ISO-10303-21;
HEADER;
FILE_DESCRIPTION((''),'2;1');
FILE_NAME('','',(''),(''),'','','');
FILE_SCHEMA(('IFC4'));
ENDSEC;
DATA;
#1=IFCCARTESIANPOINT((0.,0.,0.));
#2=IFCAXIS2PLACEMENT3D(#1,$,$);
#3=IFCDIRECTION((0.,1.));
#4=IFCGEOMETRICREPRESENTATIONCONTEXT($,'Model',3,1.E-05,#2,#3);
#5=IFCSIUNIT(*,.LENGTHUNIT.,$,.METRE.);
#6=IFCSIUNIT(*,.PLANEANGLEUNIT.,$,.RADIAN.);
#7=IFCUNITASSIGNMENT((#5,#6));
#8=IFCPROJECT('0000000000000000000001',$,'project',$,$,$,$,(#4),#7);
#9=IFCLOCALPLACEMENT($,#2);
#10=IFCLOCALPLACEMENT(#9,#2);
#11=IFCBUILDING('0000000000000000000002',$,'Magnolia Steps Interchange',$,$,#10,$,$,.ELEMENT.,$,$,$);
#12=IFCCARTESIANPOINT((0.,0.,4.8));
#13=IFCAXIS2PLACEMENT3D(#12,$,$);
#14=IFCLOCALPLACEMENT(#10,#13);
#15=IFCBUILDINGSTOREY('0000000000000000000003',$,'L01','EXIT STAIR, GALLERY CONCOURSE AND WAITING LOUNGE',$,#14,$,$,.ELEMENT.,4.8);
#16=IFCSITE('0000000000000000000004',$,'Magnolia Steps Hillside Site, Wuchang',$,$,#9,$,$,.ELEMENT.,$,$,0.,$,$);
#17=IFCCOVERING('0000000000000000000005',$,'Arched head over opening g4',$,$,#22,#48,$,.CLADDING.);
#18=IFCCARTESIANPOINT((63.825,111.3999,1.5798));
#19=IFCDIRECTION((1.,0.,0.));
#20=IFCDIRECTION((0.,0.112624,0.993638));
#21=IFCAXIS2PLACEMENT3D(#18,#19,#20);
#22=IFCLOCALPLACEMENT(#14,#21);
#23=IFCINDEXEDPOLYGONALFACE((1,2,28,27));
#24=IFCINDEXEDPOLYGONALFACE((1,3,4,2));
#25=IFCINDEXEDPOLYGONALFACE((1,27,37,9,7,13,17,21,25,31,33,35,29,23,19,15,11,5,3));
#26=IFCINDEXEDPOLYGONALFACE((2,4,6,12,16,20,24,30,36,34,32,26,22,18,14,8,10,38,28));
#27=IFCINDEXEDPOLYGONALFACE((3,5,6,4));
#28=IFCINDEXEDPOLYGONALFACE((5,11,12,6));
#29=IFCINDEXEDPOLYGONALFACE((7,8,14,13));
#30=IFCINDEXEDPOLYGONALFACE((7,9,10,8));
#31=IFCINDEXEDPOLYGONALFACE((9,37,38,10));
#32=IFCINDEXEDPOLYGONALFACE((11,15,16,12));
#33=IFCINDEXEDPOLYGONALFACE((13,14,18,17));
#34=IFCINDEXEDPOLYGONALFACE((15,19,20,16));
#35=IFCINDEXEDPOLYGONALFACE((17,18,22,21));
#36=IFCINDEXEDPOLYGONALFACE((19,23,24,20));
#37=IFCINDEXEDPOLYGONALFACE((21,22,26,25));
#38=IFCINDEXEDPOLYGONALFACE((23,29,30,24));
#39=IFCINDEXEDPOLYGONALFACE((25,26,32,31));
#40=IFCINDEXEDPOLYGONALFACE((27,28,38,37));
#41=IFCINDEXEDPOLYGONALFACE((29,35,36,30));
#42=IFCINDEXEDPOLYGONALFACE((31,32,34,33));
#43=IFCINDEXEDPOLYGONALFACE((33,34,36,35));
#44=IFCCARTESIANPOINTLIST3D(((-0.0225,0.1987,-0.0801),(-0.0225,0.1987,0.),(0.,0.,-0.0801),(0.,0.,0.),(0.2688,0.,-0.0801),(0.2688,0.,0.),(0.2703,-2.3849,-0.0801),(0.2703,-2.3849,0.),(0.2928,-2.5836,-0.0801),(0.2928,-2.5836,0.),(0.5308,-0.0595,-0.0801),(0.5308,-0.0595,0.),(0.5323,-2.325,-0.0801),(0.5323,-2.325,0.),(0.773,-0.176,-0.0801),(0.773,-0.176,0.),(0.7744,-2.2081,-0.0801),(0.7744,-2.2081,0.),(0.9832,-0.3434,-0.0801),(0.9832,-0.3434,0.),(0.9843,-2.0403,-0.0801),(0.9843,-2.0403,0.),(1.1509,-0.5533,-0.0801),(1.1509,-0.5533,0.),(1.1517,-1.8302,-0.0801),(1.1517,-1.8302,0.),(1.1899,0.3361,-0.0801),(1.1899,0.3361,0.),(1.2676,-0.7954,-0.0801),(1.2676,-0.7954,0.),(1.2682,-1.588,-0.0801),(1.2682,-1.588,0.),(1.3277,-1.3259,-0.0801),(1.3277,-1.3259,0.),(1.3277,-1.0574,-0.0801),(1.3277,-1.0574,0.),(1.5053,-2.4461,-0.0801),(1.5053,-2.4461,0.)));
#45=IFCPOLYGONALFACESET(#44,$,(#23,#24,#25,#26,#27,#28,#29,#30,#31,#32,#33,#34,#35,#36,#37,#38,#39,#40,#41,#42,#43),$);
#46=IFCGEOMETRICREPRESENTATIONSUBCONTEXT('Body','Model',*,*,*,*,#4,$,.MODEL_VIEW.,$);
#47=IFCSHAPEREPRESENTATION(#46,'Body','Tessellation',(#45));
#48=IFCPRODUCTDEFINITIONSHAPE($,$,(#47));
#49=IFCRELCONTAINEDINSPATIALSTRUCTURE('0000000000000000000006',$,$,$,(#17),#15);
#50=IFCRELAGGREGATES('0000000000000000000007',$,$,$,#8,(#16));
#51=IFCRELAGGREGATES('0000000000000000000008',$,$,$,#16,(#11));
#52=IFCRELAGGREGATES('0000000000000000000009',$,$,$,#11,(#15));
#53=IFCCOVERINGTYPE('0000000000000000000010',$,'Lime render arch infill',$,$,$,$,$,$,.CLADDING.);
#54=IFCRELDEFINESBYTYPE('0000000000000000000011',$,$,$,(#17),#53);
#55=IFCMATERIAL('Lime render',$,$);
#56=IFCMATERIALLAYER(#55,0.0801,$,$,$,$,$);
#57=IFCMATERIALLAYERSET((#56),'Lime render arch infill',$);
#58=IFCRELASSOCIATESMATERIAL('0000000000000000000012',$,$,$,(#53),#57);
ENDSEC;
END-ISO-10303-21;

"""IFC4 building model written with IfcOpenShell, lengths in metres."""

from ifc_helpers import new_model, si_unit, direction, frame, origin, place, context, subcontext, project, spatial, polyline, outline, extrude, material, layer, layer_set, type_object, element, save


model = new_model("IFC4")

# Units and contexts
model_context = context("Model", 3, precision=1e-05, world=origin(), true_north=direction((0.0, 1.0)))
body_context = subcontext(model_context, "Body", "Model", "MODEL_VIEW")
ifc_project = project(units=[si_unit("LENGTHUNIT", "METRE"), si_unit("PLANEANGLEUNIT", "RADIAN")], contexts=[model_context])

# Site, building, storey
site_placement = place(None, origin())
site = spatial("IfcSite", under=ifc_project, at=site_placement, Name="Magnolia Steps Hillside Site, Wuchang", CompositionType="ELEMENT", RefElevation=0.0)
building_placement = place(site_placement, origin())
building = spatial("IfcBuilding", under=site, at=building_placement, Name="Magnolia Steps Interchange", CompositionType="ELEMENT")
storey_placement = place(building_placement, frame((0.0, 0.0, 4.8)))
storey = spatial("IfcBuildingStorey", under=building, at=storey_placement, Name="L01", Description="EXIT STAIR, GALLERY CONCOURSE AND WAITING LOUNGE", CompositionType="ELEMENT", Elevation=4.8)

# Covering
ifc_material_1 = material(Name="Lime render")
ifc_layer_1 = layer(ifc_material_1, 0.0801)
ifc_layer_set_1 = layer_set([ifc_layer_1], Name="Lime render arch infill")
covering_type_1 = type_object("IfcCoveringType", Name="Lime render arch infill", PredefinedType="CLADDING", material=ifc_layer_set_1)
covering_1_placement = place(storey_placement, frame((63.825, 111.3999, 1.5798), z_axis=(1.0, 0.0, 0.0), x_axis=(0.0, 0.112624, 0.993638)))
element("IfcCovering", 1, at=covering_1_placement, inside=storey, type_object=covering_type_1, Name="Arched head over opening g4", PredefinedType="CLADDING", context=body_context, shape_type="SweptSolid", body=[
    extrude(outline(polyline([(0.0, 0.0), (0.2688, 0.0), (0.5308, -0.0595), (0.773, -0.176), (0.9832, -0.3434), (1.1509, -0.5533), (1.2676, -0.7954), (1.3277, -1.0574), (1.3277, -1.3259), (1.2682, -1.588), (1.1517, -1.8302), (0.9843, -2.0403), (0.7744, -2.2081), (0.5323, -2.325), (0.2703, -2.3849), (0.2928, -2.5836), (1.5053, -2.4461), (1.1899, 0.3361), (-0.0225, 0.1987), (0.0, 0.0)])), origin(), (0.0, 0.0, -1.0), 0.0801),
])

save(model, "model.ifc")
